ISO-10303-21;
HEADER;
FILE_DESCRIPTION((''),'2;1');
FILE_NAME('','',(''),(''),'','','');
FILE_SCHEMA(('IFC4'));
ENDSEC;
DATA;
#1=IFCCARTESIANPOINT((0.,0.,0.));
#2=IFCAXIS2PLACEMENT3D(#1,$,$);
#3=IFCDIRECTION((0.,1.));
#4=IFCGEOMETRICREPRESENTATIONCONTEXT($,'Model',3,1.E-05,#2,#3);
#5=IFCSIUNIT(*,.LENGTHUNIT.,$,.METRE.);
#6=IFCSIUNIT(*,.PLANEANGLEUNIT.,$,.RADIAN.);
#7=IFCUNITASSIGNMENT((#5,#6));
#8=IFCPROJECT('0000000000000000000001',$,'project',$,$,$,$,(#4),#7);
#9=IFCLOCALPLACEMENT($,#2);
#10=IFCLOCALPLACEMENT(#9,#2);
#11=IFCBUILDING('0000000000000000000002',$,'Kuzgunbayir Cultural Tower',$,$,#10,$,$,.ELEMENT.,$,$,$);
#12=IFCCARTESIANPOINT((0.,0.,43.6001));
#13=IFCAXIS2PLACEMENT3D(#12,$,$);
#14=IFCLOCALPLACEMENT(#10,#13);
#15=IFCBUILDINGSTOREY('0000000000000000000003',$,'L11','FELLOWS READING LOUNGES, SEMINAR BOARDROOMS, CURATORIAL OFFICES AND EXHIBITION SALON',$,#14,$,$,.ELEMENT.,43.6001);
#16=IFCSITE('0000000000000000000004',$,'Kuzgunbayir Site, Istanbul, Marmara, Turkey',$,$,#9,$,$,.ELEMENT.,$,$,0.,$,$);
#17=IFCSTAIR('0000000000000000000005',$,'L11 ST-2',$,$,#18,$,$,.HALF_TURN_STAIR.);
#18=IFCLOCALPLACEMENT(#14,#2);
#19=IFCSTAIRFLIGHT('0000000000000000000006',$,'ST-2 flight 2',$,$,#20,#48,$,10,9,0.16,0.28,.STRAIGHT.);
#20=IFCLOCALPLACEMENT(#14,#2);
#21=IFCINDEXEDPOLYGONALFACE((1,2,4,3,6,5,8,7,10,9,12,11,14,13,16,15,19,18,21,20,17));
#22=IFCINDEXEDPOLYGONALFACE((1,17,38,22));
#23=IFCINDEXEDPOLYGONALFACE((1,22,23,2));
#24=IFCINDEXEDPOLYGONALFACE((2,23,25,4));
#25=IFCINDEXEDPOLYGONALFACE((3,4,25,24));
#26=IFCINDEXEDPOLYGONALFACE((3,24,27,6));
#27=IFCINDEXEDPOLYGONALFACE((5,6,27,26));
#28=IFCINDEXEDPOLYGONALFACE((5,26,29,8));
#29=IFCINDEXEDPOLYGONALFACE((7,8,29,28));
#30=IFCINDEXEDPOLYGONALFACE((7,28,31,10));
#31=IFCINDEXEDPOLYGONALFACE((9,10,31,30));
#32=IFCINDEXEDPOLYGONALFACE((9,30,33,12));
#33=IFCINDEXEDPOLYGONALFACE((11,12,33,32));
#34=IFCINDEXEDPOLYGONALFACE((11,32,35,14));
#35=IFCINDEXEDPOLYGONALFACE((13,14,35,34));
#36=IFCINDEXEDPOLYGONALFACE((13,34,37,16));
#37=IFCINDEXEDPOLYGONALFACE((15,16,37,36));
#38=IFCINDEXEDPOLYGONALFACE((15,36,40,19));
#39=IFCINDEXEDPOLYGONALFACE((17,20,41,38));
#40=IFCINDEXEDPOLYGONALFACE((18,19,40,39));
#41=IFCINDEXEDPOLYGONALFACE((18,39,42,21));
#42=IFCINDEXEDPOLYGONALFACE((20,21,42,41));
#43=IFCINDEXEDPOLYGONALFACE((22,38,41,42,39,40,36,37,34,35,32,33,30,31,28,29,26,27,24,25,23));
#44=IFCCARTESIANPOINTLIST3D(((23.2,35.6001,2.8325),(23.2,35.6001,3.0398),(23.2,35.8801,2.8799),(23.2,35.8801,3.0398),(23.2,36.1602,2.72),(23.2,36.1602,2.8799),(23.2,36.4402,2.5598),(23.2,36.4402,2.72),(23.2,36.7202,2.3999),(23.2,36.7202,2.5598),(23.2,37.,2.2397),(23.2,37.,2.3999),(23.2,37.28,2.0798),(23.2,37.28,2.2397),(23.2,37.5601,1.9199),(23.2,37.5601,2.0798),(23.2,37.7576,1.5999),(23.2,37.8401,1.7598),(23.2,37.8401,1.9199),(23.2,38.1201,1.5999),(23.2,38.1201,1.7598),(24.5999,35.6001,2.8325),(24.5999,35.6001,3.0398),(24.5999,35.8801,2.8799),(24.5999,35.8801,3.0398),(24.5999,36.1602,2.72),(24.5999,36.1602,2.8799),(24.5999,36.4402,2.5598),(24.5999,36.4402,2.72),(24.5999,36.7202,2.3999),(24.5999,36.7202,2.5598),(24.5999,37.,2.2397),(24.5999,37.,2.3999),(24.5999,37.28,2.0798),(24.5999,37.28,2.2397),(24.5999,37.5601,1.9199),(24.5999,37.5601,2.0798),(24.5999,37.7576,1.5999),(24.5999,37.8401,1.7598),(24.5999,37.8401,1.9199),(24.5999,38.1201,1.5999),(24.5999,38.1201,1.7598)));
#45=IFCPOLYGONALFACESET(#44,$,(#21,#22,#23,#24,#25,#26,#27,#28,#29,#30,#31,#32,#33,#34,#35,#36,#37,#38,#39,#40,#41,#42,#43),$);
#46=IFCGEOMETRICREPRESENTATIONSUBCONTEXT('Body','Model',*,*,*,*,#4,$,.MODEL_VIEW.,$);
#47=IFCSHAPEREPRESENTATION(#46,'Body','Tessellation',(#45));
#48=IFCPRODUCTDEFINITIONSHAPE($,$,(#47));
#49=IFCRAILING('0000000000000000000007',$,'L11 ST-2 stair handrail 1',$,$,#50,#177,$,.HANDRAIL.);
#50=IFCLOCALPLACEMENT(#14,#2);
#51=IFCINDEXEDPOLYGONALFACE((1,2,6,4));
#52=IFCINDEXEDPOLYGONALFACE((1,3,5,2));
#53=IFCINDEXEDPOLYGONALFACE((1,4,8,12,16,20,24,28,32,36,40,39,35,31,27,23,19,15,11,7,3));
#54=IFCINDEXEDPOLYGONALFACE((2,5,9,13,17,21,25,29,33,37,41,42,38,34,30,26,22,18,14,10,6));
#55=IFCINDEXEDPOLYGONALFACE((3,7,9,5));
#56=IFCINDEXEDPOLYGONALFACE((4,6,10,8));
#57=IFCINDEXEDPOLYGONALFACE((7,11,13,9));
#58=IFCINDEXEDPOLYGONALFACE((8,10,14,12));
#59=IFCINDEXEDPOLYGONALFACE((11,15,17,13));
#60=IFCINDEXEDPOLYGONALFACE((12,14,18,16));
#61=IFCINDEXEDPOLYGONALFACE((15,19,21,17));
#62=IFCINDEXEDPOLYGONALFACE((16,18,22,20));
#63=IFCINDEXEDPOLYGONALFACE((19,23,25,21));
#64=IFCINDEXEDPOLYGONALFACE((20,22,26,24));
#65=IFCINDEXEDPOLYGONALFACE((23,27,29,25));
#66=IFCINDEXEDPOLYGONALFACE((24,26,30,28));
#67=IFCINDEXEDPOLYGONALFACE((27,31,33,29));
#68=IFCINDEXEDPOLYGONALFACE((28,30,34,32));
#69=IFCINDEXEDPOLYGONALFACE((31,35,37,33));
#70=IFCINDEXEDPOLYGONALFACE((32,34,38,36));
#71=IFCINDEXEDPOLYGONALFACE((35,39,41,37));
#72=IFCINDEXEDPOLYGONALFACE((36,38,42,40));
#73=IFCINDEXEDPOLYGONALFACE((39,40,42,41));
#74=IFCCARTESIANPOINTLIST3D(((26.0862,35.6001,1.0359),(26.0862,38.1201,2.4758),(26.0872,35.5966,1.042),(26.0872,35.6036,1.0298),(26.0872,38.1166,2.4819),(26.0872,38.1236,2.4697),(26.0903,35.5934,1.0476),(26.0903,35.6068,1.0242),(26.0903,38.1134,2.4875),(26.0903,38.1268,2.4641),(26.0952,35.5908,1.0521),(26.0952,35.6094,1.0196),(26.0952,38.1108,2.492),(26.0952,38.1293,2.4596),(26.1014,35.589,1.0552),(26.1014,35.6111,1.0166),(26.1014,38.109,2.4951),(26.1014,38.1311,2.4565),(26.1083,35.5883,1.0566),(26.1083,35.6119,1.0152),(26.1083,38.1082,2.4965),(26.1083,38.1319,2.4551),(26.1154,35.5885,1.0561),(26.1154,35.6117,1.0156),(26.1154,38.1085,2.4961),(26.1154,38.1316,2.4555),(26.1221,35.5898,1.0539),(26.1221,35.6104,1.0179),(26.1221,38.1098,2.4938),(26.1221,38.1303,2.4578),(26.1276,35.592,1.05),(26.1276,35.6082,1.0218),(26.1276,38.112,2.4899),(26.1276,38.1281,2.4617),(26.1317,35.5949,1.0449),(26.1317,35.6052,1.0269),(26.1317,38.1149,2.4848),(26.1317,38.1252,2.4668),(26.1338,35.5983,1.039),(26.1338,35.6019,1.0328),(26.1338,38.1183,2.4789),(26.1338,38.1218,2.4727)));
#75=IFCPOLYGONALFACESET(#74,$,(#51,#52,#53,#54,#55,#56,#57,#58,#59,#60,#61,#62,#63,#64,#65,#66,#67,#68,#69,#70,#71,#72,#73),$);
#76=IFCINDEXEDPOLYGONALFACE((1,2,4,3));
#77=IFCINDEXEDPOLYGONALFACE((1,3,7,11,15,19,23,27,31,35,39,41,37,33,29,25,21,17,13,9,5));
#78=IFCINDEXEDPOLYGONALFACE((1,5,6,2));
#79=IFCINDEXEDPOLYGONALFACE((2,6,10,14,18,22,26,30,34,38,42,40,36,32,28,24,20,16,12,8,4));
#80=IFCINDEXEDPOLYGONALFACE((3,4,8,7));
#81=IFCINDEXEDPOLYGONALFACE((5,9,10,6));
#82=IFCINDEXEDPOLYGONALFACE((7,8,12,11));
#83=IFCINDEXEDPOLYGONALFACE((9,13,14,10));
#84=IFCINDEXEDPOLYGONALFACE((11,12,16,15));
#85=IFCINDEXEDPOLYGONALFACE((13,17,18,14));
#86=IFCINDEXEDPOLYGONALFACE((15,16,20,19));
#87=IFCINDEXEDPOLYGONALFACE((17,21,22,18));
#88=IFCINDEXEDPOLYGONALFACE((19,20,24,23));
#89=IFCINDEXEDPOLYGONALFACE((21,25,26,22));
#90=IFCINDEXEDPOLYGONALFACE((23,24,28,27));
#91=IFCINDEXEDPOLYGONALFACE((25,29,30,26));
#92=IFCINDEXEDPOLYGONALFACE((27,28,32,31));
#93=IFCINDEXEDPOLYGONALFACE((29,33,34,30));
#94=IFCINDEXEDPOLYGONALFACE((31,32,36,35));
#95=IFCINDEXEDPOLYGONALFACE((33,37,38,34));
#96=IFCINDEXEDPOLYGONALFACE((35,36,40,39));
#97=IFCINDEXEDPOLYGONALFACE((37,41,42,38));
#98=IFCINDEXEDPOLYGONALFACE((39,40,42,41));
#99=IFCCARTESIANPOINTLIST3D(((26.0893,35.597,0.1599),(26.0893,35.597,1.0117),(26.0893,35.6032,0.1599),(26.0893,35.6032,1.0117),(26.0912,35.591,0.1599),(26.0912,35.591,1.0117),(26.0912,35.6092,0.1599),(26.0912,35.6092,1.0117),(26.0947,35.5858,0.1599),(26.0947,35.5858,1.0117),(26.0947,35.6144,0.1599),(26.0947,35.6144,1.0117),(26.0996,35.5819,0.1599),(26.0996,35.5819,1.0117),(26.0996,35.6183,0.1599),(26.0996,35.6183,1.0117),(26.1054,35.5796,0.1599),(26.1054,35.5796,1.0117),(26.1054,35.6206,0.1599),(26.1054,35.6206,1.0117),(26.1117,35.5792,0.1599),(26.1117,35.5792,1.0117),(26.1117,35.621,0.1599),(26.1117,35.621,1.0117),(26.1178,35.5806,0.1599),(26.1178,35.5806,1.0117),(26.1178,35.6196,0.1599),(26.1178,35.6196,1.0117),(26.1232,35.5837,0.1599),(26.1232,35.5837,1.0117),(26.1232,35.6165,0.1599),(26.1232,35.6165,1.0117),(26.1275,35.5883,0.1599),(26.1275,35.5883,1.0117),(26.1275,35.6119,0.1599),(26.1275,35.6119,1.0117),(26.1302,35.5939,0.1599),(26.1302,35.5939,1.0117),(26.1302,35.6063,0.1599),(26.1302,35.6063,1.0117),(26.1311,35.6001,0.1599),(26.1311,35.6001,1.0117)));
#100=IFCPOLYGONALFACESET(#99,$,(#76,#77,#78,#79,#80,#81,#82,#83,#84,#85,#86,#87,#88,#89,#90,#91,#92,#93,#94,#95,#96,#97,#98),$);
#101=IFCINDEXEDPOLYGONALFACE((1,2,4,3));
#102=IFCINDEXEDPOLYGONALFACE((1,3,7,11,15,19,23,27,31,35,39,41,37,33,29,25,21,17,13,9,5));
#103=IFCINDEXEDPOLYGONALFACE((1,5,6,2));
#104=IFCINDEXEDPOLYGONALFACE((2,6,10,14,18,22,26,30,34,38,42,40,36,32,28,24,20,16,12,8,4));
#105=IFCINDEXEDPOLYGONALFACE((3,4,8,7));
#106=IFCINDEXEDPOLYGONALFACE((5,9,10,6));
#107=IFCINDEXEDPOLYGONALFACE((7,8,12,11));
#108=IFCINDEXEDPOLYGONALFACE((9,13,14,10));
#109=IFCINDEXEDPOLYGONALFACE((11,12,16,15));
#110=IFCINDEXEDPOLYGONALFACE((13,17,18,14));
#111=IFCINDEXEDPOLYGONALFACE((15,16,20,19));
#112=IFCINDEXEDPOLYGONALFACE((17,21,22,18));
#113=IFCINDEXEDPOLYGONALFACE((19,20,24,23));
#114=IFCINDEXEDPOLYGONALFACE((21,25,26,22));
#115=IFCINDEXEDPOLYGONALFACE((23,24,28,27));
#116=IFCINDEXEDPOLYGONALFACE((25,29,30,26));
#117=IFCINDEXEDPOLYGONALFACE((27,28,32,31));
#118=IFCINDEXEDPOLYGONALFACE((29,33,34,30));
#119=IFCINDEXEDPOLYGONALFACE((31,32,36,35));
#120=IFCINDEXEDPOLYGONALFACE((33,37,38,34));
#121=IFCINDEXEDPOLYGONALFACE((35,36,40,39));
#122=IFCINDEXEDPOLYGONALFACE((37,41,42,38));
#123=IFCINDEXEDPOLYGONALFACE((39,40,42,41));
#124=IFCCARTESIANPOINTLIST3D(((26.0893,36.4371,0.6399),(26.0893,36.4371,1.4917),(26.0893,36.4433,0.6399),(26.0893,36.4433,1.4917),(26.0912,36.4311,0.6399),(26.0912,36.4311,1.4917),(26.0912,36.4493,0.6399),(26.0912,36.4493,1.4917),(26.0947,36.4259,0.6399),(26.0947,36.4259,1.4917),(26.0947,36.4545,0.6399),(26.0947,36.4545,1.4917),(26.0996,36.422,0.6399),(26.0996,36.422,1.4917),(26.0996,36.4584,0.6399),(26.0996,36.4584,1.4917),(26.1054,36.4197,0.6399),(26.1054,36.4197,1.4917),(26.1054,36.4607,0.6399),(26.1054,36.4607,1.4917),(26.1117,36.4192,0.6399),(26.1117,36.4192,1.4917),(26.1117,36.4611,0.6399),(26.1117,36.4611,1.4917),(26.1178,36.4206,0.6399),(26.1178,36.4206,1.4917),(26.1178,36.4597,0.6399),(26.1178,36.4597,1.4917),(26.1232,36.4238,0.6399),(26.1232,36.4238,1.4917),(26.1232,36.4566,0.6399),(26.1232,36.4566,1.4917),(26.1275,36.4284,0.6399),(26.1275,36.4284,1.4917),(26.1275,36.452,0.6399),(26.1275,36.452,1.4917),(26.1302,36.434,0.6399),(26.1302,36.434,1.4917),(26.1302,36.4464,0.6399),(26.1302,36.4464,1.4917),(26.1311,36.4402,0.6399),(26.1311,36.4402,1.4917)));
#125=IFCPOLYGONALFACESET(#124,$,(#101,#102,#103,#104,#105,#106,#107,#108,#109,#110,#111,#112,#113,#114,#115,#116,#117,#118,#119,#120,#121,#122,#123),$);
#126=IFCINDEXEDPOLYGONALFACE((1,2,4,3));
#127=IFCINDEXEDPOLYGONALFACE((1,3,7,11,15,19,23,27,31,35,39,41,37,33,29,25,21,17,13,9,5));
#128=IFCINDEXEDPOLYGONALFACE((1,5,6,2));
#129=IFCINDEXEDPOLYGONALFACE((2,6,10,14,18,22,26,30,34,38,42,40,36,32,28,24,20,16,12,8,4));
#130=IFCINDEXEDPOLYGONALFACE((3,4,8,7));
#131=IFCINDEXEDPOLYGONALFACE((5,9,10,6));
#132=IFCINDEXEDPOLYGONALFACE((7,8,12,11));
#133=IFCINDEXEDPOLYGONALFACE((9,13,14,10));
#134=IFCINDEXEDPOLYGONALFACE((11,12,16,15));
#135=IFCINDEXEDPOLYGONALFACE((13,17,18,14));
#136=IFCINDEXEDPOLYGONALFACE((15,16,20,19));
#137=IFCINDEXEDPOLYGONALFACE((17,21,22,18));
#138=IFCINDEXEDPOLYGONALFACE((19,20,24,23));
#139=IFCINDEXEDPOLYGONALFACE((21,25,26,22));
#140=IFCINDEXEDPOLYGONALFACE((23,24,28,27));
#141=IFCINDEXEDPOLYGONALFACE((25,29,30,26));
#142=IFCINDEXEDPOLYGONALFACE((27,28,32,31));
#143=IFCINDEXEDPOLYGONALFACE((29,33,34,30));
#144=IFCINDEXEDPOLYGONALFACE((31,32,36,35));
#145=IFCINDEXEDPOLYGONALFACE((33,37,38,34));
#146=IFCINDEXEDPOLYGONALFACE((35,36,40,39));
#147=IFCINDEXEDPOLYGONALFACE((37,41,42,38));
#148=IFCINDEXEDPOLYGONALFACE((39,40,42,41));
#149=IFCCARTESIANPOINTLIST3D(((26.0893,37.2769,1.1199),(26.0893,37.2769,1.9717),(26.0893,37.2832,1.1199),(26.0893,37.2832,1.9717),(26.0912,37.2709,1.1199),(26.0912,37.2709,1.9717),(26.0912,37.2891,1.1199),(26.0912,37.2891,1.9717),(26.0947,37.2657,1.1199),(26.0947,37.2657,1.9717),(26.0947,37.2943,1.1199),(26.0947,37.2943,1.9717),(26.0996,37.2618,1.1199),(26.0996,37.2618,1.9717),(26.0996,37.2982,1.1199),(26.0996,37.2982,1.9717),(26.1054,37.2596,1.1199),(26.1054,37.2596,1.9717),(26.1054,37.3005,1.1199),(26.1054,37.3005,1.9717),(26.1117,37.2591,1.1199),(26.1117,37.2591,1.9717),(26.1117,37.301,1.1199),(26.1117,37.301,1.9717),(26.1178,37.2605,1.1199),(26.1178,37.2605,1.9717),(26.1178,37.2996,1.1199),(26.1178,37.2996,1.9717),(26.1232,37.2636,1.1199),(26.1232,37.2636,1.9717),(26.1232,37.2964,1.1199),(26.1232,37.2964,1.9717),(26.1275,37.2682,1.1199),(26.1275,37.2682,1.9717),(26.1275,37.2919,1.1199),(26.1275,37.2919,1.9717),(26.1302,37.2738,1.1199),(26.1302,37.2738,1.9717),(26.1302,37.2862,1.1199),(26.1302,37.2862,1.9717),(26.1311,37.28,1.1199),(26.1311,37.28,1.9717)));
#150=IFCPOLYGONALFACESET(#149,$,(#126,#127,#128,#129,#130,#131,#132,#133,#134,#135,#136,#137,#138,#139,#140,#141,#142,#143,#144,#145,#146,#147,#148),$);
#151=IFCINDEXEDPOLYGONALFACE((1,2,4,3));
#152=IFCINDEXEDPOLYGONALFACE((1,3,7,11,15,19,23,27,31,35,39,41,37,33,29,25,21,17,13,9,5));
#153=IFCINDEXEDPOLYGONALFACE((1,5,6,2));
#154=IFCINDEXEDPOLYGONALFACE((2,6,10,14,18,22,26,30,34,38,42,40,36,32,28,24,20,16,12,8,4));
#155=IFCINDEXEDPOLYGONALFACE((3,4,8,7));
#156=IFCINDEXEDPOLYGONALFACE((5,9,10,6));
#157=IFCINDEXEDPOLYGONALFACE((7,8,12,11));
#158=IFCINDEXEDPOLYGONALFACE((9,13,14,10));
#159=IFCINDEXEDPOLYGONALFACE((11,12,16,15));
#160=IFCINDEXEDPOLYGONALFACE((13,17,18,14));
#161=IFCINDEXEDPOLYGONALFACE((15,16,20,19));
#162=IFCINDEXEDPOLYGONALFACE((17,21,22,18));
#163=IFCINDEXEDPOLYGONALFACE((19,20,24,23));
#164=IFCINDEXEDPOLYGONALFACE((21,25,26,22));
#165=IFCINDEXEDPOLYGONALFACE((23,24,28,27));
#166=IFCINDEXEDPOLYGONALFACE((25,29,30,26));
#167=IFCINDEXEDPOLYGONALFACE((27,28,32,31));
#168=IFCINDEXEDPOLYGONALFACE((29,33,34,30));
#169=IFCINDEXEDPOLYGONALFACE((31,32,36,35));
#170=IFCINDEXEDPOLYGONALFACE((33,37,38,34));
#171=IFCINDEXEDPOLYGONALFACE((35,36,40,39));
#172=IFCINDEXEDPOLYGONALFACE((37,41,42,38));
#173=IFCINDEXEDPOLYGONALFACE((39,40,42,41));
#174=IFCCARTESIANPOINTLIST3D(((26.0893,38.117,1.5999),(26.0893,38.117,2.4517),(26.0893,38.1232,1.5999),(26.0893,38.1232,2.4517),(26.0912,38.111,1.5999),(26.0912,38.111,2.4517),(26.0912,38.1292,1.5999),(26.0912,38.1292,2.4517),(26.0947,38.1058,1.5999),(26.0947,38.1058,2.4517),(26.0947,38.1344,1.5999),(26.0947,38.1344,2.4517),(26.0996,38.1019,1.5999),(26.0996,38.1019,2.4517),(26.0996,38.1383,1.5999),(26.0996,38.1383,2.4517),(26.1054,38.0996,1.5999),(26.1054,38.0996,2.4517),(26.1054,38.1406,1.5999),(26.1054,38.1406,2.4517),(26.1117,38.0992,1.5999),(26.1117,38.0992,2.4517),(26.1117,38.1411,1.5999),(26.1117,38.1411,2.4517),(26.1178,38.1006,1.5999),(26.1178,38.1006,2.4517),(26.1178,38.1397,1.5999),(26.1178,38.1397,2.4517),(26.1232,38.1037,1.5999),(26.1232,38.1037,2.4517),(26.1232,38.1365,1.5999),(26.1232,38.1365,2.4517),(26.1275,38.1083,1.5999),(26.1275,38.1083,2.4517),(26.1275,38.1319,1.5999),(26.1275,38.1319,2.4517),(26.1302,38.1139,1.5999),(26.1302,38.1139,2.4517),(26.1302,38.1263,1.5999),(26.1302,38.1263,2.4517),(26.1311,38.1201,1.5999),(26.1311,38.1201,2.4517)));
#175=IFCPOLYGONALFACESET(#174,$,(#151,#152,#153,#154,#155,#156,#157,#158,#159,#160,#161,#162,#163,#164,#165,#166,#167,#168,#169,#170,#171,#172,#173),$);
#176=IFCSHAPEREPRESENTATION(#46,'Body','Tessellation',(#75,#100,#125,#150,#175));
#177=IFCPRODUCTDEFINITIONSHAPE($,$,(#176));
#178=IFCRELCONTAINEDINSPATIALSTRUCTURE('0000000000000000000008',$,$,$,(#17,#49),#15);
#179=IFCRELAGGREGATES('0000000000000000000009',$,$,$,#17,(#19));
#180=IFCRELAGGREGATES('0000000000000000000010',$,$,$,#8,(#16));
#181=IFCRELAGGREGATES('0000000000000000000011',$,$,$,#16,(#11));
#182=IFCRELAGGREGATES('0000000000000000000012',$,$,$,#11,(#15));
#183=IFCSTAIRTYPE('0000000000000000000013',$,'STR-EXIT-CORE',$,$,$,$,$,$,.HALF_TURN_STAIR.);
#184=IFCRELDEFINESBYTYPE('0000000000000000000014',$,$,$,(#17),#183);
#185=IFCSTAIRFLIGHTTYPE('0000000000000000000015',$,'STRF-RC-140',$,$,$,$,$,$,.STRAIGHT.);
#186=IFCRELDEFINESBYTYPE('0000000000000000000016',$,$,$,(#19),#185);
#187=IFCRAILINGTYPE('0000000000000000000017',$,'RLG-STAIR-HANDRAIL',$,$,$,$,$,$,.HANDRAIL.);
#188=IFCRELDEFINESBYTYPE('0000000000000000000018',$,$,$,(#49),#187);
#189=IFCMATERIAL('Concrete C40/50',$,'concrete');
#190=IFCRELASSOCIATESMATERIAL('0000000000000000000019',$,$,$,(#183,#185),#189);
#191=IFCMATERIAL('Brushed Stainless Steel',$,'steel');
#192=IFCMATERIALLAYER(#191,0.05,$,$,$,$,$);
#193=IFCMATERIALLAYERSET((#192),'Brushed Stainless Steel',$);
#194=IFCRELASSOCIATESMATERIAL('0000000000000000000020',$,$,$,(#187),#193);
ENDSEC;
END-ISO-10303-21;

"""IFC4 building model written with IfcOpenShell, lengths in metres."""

from ifc_helpers import new_model, si_unit, direction, frame, origin, origin_2d, place, context, subcontext, project, spatial, polyline, circle, outline, extrude, material, layer, layer_set, type_object, element, aggregate, save


model = new_model("IFC4")

# Units and contexts
model_context = context("Model", 3, precision=1e-05, world=origin(), true_north=direction((0.0, 1.0)))
body_context = subcontext(model_context, "Body", "Model", "MODEL_VIEW")
ifc_project = project(units=[si_unit("LENGTHUNIT", "METRE"), si_unit("PLANEANGLEUNIT", "RADIAN")], contexts=[model_context])

# Site, building, storey
site_placement = place(None, origin())
site = spatial("IfcSite", under=ifc_project, at=site_placement, Name="Kuzgunbayir Site, Istanbul, Marmara, Turkey", CompositionType="ELEMENT", RefElevation=0.0)
building_placement = place(site_placement, origin())
building = spatial("IfcBuilding", under=site, at=building_placement, Name="Kuzgunbayir Cultural Tower", CompositionType="ELEMENT")
storey_placement = place(building_placement, frame((0.0, 0.0, 43.6001)))
storey = spatial("IfcBuildingStorey", under=building, at=storey_placement, Name="L11", Description="FELLOWS READING LOUNGES, SEMINAR BOARDROOMS, CURATORIAL OFFICES AND EXHIBITION SALON", CompositionType="ELEMENT", Elevation=43.6001)

# Shared definitions
ifc_material_1 = material(Name="Concrete C40/50", Category="concrete")

# Stair, stair flight
stair_type = type_object("IfcStairType", Name="STR-EXIT-CORE", PredefinedType="HALF_TURN_STAIR", material=ifc_material_1)
stair_placement = place(storey_placement, origin())
stair = element("IfcStair", 1, at=stair_placement, inside=storey, type_object=stair_type, Name="L11 ST-2", PredefinedType="HALF_TURN_STAIR")
stair_flight_type = type_object("IfcStairFlightType", Name="STRF-RC-140", PredefinedType="STRAIGHT", material=ifc_material_1)
stair_flight_1_placement = place(storey_placement, frame((23.8999, 38.1201, 1.5999), z_axis=(0.0, 0.0, 1.0), x_axis=(0.0, -1.0, 0.0)))
stair_flight_1 = element("IfcStairFlight", 2, at=stair_flight_1_placement, type_object=stair_flight_type, Name="ST-2 flight 2", NumberOfRisers=10, NumberOfTreads=9, PredefinedType="STRAIGHT", RiserHeight=0.16, TreadLength=0.28, context=body_context, shape_type="SweptSolid", body=[
    extrude(outline(polyline([(0.0, 0.0), (0.0, 0.1599), (0.28, 0.1599), (0.28, 0.3201), (0.5601, 0.3201), (0.5601, 0.48), (0.8401, 0.48), (0.8401, 0.6399), (1.1201, 0.6399), (1.1201, 0.8), (1.3999, 0.8), (1.3999, 0.96), (1.6799, 0.96), (1.6799, 1.1201), (1.96, 1.1201), (1.96, 1.28), (2.24, 1.28), (2.24, 1.4399), (2.52, 1.4399), (2.52, 1.6001), (2.52, 1.2327), (0.3625, 0.0), (0.0, 0.0)])), frame((0.0, 0.7, 0.0), z_axis=(0.0, -1.0, 0.0), x_axis=(1.0, 0.0, 0.0)), (0.0, 0.0, 1.0), 1.3999),
])
aggregate(stair, [stair_flight_1])

# Railing
ifc_material_2 = material(Name="Brushed Stainless Steel", Category="steel")
ifc_layer_1 = layer(ifc_material_2, 0.05)
ifc_layer_set_1 = layer_set([ifc_layer_1], Name="Brushed Stainless Steel")
railing_type_1 = type_object("IfcRailingType", Name="RLG-STAIR-HANDRAIL", PredefinedType="HANDRAIL", material=ifc_layer_set_1)
railing_1_placement = place(storey_placement, frame((26.1101, 35.6001, 0.1599)))
element("IfcRailing", 3, at=railing_1_placement, inside=storey, type_object=railing_type_1, Name="L11 ST-2 stair handrail 1", PredefinedType="HANDRAIL", context=body_context, shape_type="SweptSolid", body=[
    extrude(circle(Radius=0.0239, at=origin_2d()), frame((0.0, 0.0, 0.876), z_axis=(0.0, 0.868253, 0.496121), x_axis=(-1.0, 0.0, 0.0)), (0.0, 0.0, 1.0), 2.9023),
    extrude(circle(Radius=0.021, at=origin_2d()), origin(), (0.0, 0.0, 1.0), 0.8518),
    extrude(circle(Radius=0.021, at=origin_2d()), frame((0.0, 0.8401, 0.48)), (0.0, 0.0, 1.0), 0.8518),
    extrude(circle(Radius=0.021, at=origin_2d()), frame((0.0, 1.6799, 0.96)), (0.0, 0.0, 1.0), 0.8518),
    extrude(circle(Radius=0.021, at=origin_2d()), frame((0.0, 2.52, 1.4399)), (0.0, 0.0, 1.0), 0.8518),
])

save(model, "model.ifc")
